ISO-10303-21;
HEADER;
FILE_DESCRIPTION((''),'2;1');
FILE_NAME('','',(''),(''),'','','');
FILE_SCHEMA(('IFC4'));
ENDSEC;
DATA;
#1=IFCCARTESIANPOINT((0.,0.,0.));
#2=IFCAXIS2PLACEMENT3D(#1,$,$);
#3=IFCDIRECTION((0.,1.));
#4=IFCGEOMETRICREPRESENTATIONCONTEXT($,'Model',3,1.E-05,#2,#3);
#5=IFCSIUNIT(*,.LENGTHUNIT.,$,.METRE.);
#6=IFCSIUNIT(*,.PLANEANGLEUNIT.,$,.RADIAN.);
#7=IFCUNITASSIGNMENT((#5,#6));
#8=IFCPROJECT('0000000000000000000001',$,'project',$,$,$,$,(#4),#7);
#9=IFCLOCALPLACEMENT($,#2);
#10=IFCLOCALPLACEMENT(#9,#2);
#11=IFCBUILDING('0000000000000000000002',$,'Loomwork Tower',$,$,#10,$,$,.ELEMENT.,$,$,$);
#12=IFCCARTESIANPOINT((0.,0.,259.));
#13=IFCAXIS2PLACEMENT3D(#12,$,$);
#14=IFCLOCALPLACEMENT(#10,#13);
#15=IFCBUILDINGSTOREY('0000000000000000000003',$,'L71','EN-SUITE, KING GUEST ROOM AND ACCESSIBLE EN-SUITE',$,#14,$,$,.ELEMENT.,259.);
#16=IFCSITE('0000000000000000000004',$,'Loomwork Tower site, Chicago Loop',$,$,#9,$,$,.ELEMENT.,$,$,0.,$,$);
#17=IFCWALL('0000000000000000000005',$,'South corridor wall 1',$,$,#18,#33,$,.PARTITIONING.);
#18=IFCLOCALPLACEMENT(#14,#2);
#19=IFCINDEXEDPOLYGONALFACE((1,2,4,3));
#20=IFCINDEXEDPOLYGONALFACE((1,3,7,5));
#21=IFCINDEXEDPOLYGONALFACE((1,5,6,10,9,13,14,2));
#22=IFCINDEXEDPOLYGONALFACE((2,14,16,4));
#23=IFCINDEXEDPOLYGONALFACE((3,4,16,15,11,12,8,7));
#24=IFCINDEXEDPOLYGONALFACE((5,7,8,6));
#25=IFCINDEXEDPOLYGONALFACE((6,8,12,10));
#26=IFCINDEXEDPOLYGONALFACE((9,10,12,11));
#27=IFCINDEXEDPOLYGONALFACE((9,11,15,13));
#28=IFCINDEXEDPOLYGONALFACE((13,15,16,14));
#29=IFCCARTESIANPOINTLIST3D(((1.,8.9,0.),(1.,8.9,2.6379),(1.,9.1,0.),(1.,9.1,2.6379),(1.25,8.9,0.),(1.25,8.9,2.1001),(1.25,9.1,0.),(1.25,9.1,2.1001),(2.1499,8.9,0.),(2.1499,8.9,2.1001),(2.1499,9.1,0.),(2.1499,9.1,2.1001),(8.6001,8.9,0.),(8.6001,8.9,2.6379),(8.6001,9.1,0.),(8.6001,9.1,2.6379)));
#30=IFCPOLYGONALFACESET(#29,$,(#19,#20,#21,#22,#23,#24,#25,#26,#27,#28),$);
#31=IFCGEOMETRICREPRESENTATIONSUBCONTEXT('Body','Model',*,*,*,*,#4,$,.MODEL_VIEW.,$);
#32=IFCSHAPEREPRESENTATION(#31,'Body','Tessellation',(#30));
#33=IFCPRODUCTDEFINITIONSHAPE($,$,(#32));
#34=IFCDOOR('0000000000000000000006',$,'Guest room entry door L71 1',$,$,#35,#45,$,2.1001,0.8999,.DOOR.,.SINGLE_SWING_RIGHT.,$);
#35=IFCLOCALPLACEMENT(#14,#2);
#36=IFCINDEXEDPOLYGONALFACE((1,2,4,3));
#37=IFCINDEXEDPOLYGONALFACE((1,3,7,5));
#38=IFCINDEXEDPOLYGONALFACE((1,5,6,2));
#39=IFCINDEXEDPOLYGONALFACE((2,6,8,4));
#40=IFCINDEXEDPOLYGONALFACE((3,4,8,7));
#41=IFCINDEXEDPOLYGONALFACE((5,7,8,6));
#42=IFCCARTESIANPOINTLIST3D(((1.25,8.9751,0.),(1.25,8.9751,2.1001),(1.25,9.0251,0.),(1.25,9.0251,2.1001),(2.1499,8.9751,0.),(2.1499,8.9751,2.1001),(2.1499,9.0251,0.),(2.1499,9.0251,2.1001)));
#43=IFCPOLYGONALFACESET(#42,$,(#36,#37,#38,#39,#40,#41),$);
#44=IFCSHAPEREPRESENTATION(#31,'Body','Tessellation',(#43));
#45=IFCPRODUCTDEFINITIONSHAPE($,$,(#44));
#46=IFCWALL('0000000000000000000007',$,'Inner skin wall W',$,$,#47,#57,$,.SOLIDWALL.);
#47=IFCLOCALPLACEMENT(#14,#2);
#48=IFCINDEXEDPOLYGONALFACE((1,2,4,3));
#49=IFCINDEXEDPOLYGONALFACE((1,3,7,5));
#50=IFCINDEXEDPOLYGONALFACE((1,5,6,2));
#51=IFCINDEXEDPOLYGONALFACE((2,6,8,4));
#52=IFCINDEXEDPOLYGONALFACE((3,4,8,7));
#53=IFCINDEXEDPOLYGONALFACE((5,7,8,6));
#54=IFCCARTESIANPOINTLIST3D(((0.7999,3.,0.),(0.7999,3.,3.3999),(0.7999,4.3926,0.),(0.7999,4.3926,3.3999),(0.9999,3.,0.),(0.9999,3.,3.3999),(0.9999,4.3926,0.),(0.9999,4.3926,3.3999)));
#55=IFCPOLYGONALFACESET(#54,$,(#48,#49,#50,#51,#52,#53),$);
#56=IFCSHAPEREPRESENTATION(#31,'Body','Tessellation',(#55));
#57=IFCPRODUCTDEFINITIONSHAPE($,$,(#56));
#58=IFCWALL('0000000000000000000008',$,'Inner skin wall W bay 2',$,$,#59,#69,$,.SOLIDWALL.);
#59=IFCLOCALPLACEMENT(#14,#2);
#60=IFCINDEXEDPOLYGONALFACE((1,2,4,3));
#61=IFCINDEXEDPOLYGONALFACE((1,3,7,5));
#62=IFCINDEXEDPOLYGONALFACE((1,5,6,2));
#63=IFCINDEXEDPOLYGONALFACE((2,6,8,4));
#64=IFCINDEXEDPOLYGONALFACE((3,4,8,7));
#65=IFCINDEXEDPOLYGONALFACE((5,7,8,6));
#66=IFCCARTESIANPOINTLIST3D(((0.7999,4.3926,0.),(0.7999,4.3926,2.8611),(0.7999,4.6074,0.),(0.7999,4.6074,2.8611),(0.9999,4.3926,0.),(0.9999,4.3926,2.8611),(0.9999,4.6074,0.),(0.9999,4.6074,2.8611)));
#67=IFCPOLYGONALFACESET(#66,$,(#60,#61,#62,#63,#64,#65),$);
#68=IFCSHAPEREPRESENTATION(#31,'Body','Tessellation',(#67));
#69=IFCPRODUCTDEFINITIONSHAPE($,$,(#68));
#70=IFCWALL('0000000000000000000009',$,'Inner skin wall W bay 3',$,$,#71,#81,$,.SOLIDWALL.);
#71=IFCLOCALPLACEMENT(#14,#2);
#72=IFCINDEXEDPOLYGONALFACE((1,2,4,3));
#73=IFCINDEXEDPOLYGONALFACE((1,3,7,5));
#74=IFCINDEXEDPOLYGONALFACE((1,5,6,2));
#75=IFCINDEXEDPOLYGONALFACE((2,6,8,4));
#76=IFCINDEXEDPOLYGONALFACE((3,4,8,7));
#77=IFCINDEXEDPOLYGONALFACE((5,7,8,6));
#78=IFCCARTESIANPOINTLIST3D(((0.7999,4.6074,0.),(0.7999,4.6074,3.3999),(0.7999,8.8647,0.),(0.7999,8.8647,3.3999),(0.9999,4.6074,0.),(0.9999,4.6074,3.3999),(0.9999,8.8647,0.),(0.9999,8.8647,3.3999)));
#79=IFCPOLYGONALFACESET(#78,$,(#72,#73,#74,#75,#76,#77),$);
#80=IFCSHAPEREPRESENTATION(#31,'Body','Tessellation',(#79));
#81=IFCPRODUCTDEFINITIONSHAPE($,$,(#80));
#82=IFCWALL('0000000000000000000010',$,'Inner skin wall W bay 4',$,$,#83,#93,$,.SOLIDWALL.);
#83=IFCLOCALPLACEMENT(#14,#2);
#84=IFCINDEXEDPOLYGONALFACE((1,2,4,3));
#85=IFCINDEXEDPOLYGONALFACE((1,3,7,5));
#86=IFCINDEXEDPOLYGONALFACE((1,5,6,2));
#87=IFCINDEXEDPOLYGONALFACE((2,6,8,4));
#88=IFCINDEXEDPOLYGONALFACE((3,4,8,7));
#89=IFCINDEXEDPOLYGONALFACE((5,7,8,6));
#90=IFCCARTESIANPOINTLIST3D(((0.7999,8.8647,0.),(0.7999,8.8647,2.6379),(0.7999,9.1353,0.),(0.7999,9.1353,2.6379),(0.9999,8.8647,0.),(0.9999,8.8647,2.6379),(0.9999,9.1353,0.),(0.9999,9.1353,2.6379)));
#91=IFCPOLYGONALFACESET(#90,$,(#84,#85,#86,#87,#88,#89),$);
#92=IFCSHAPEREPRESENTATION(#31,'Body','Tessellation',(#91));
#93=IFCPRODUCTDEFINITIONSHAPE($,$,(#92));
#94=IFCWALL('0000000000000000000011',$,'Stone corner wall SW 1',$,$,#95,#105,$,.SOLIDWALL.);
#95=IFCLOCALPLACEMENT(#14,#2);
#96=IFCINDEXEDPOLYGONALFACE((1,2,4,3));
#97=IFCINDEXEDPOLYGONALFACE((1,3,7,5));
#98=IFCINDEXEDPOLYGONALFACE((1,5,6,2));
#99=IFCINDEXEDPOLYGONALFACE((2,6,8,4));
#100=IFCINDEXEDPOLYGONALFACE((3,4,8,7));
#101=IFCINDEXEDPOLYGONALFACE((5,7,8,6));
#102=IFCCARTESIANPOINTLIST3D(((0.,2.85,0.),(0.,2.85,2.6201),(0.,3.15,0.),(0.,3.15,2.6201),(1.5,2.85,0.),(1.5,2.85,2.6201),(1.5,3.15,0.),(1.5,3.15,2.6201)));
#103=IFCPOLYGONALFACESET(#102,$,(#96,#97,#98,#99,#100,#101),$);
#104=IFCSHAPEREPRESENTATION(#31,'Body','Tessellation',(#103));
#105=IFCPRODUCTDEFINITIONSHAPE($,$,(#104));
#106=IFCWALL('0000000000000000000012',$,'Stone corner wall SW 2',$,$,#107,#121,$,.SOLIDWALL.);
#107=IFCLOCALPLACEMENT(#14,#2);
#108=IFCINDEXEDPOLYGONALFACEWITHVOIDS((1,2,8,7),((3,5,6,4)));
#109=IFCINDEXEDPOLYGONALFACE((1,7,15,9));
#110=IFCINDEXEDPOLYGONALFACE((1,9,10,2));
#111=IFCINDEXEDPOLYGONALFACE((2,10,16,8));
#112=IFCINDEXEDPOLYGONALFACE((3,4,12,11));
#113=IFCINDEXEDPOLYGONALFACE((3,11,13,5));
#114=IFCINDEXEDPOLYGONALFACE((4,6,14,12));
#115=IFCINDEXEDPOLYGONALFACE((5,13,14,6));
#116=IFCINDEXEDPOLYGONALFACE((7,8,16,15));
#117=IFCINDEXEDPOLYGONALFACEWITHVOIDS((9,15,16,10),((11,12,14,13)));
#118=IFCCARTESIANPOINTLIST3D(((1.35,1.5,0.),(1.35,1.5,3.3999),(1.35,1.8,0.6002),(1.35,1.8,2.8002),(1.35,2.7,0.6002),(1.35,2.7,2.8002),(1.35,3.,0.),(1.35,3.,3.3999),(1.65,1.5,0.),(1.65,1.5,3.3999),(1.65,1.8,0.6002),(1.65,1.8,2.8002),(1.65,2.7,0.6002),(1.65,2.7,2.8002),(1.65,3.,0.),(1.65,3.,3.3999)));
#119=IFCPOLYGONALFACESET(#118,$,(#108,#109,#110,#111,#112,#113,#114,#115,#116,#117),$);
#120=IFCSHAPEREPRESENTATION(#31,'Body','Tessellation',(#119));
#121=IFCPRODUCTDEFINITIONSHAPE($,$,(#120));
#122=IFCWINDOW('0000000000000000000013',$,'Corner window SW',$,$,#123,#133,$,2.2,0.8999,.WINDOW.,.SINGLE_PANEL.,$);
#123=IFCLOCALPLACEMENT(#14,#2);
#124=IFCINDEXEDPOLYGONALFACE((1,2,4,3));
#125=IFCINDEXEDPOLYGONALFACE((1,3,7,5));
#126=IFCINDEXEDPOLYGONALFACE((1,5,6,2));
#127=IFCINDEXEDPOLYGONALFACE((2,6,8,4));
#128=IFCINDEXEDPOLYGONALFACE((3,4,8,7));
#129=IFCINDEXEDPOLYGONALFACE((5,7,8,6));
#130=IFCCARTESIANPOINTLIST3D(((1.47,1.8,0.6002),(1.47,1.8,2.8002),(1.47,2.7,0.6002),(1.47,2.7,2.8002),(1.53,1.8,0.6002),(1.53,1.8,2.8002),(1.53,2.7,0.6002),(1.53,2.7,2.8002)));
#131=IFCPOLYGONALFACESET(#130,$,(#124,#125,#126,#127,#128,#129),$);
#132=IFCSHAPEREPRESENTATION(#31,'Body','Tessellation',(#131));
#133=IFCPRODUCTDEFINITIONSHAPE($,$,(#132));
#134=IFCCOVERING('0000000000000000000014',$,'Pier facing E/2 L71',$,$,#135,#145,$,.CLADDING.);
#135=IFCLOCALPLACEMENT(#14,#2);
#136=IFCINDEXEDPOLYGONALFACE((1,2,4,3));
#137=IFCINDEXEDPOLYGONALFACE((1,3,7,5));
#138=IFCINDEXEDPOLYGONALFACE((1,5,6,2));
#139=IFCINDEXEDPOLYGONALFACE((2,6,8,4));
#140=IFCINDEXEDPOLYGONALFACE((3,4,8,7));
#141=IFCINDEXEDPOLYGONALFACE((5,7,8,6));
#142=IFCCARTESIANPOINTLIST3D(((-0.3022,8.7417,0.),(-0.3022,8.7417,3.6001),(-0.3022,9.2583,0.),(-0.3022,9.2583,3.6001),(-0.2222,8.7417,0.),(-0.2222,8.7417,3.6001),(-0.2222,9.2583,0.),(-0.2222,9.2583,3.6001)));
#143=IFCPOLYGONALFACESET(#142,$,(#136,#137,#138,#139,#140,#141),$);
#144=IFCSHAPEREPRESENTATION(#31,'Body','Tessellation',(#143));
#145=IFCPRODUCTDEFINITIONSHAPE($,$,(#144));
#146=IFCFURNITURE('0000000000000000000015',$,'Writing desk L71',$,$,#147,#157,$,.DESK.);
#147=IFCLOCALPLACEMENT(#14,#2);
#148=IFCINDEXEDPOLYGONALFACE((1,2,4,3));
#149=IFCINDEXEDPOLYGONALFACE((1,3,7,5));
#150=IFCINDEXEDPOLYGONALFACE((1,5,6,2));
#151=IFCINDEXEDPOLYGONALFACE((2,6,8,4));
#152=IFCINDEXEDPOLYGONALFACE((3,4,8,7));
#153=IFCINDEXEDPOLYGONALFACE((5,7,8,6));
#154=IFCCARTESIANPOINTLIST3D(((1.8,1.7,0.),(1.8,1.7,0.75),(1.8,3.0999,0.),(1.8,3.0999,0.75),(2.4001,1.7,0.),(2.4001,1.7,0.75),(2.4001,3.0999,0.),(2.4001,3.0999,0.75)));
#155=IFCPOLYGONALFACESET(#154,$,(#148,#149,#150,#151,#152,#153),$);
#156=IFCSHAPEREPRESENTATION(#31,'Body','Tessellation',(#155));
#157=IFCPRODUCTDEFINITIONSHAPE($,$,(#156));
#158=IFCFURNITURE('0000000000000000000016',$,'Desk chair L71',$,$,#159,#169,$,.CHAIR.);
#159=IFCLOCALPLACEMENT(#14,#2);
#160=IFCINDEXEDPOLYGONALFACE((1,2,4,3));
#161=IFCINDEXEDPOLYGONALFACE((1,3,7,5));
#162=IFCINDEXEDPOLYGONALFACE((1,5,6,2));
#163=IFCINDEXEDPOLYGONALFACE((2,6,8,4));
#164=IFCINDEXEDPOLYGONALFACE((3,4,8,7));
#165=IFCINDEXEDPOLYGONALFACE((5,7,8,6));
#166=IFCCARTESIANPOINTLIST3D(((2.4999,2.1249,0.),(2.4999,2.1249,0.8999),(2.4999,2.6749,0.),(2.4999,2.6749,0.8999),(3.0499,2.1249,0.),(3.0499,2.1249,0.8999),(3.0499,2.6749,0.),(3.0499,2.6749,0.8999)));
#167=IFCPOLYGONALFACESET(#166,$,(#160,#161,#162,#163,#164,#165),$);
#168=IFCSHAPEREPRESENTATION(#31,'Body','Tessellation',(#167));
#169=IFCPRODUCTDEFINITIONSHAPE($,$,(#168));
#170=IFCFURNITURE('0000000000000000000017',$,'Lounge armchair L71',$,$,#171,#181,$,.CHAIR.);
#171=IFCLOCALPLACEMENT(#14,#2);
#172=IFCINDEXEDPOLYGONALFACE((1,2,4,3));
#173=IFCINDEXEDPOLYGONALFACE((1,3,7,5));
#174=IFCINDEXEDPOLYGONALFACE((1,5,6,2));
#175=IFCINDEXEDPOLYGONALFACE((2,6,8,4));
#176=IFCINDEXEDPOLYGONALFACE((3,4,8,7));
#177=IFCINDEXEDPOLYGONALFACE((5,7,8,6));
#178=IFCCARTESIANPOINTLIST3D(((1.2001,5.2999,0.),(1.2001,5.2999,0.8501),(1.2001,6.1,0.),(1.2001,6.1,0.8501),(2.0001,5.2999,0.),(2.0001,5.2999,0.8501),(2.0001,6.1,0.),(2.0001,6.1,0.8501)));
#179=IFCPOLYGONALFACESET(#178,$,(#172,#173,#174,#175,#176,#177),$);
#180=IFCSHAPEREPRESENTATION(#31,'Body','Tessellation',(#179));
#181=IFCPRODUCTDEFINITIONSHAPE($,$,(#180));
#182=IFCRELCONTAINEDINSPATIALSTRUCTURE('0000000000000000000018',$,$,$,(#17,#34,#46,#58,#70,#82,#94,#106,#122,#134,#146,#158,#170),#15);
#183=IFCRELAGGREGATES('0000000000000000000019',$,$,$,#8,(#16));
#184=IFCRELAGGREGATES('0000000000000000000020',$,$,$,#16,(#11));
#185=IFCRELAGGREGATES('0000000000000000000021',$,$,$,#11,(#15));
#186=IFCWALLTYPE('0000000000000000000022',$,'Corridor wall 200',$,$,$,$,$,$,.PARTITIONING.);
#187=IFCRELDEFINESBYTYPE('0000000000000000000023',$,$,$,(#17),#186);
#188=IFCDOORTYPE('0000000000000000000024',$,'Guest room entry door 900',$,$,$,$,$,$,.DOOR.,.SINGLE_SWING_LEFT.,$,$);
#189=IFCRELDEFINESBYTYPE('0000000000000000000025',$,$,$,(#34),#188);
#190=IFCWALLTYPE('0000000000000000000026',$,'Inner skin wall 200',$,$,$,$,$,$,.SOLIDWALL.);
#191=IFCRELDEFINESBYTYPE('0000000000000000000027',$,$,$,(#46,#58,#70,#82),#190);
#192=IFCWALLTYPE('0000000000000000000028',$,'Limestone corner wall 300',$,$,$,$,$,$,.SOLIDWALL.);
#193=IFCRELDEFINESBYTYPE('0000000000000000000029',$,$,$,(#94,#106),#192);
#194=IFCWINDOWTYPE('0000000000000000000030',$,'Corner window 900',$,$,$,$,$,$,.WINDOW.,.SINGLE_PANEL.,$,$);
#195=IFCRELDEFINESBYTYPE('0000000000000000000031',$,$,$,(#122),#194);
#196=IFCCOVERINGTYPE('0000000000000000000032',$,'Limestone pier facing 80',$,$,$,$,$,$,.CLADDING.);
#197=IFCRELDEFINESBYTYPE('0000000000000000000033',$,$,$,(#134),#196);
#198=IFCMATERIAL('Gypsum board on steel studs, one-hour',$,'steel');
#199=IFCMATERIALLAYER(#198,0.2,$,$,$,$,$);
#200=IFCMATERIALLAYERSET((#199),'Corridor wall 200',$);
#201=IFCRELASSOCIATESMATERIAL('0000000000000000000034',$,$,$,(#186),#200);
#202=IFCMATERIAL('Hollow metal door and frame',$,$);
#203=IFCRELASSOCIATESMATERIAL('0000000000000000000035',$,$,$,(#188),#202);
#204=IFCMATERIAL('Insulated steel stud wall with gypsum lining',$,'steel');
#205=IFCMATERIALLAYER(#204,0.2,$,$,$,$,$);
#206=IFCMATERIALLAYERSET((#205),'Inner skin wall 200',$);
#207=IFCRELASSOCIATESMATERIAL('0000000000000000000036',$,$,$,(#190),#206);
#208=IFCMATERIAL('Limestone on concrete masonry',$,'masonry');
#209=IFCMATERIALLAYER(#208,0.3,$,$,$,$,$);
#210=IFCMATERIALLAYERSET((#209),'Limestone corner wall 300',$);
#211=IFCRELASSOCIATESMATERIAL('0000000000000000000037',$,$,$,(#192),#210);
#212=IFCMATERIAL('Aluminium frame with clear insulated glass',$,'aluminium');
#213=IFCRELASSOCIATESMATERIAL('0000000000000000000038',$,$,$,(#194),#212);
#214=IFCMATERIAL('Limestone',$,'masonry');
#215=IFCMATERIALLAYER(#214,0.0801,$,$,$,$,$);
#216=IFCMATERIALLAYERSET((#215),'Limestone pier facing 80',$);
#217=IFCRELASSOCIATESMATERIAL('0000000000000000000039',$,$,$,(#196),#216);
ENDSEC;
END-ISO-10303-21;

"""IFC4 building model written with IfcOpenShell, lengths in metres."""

from ifc_helpers import new_model, si_unit, direction, frame, frame_2d, origin, origin_2d, place, context, subcontext, project, spatial, rectangle, extrude, material, layer, layer_set, type_object, element, fill, save


model = new_model("IFC4")

# Units and contexts
model_context = context("Model", 3, precision=1e-05, world=origin(), true_north=direction((0.0, 1.0)))
body_context = subcontext(model_context, "Body", "Model", "MODEL_VIEW")
ifc_project = project(units=[si_unit("LENGTHUNIT", "METRE"), si_unit("PLANEANGLEUNIT", "RADIAN")], contexts=[model_context])

# Site, building, storey
site_placement = place(None, origin())
site = spatial("IfcSite", under=ifc_project, at=site_placement, Name="Loomwork Tower site, Chicago Loop", CompositionType="ELEMENT", RefElevation=0.0)
building_placement = place(site_placement, origin())
building = spatial("IfcBuilding", under=site, at=building_placement, Name="Loomwork Tower", CompositionType="ELEMENT")
storey_placement = place(building_placement, frame((0.0, 0.0, 259.0)))
storey = spatial("IfcBuildingStorey", under=building, at=storey_placement, Name="L71", Description="EN-SUITE, KING GUEST ROOM AND ACCESSIBLE EN-SUITE", CompositionType="ELEMENT", Elevation=259.0)

# Wall, opening, door
ifc_material_1 = material(Name="Gypsum board on steel studs, one-hour", Category="steel")
ifc_layer_1 = layer(ifc_material_1, 0.2)
ifc_layer_set_1 = layer_set([ifc_layer_1], Name="Corridor wall 200")
wall_type_1 = type_object("IfcWallType", Name="Corridor wall 200", PredefinedType="PARTITIONING", material=ifc_layer_set_1)
wall_1_placement = place(storey_placement, frame((1.0, 9.0, 0.0), z_axis=(0.0, 0.0, 1.0), x_axis=(1.0, 0.0, 0.0)))
wall_1 = element("IfcWall", 1, at=wall_1_placement, inside=storey, type_object=wall_type_1, Name="South corridor wall 1", PredefinedType="PARTITIONING", context=body_context, shape_type="SweptSolid", body=[
    extrude(rectangle(XDim=7.6001, YDim=0.2, at=frame_2d((3.8, 0.0))), origin(), (0.0, 0.0, 1.0), 2.6379),
])
opening_1_placement = place(wall_1_placement, frame((0.25, 0.0, 0.0)))
opening_1 = element("IfcOpeningElement", 2, at=opening_1_placement, cuts=wall_1, PredefinedType="OPENING", context=body_context, shape_type="SweptSolid", body=[
    extrude(rectangle(XDim=0.8999, YDim=2.1001, at=frame_2d((0.45, 1.05))), frame((0.0, 0.1099, 0.0), z_axis=(0.0, -1.0, 0.0), x_axis=(1.0, 0.0, 0.0)), (0.0, 0.0, 1.0), 0.22),
])
ifc_material_2 = material(Name="Hollow metal door and frame")
door_type = type_object("IfcDoorType", Name="Guest room entry door 900", OperationType="SINGLE_SWING_LEFT", PredefinedType="DOOR", material=ifc_material_2)
door_placement = place(opening_1_placement, frame((0.8999, 0.0, 0.0), z_axis=(0.0, 0.0, 1.0), x_axis=(-1.0, 0.0, 0.0)))
door = element("IfcDoor", 3, at=door_placement, inside=storey, type_object=door_type, Name="Guest room entry door L71 1", OperationType="SINGLE_SWING_RIGHT", OverallHeight=2.1001, OverallWidth=0.8999, PredefinedType="DOOR", context=body_context, shape_type="SweptSolid", body=[
    extrude(rectangle(XDim=0.8999, YDim=2.1001, at=frame_2d((0.45, 1.05))), frame((0.0, 0.0249, 0.0), z_axis=(0.0, -1.0, 0.0), x_axis=(1.0, 0.0, 0.0)), (0.0, 0.0, 1.0), 0.05),
])
fill(opening_1, door)

# Walls
ifc_material_3 = material(Name="Insulated steel stud wall with gypsum lining", Category="steel")
ifc_layer_2 = layer(ifc_material_3, 0.2)
ifc_layer_set_2 = layer_set([ifc_layer_2], Name="Inner skin wall 200")
wall_type_2 = type_object("IfcWallType", Name="Inner skin wall 200", PredefinedType="SOLIDWALL", material=ifc_layer_set_2)
wall_2_placement = place(storey_placement, frame((0.8999, 3.0, 0.0), z_axis=(0.0, 0.0, 1.0), x_axis=(0.0, 1.0, 0.0)))
element("IfcWall", 4, at=wall_2_placement, inside=storey, type_object=wall_type_2, Name="Inner skin wall W", PredefinedType="SOLIDWALL", context=body_context, shape_type="SweptSolid", body=[
    extrude(rectangle(XDim=1.3926, YDim=0.2, at=frame_2d((0.6963, 0.0))), origin(), (0.0, 0.0, 1.0), 3.3999),
])
wall_3_placement = place(storey_placement, frame((0.8999, 4.3926, 0.0), z_axis=(0.0, 0.0, 1.0), x_axis=(0.0, 1.0, 0.0)))
element("IfcWall", 5, at=wall_3_placement, inside=storey, type_object=wall_type_2, Name="Inner skin wall W bay 2", PredefinedType="SOLIDWALL", context=body_context, shape_type="SweptSolid", body=[
    extrude(rectangle(XDim=0.2148, YDim=0.2, at=frame_2d((0.1074, 0.0))), origin(), (0.0, 0.0, 1.0), 2.8611),
])
wall_4_placement = place(storey_placement, frame((0.8999, 4.6074, 0.0), z_axis=(0.0, 0.0, 1.0), x_axis=(0.0, 1.0, 0.0)))
element("IfcWall", 6, at=wall_4_placement, inside=storey, type_object=wall_type_2, Name="Inner skin wall W bay 3", PredefinedType="SOLIDWALL", context=body_context, shape_type="SweptSolid", body=[
    extrude(rectangle(XDim=4.2573, YDim=0.2, at=frame_2d((2.1287, 0.0))), origin(), (0.0, 0.0, 1.0), 3.3999),
])
wall_5_placement = place(storey_placement, frame((0.8999, 8.8647, 0.0), z_axis=(0.0, 0.0, 1.0), x_axis=(0.0, 1.0, 0.0)))
element("IfcWall", 7, at=wall_5_placement, inside=storey, type_object=wall_type_2, Name="Inner skin wall W bay 4", PredefinedType="SOLIDWALL", context=body_context, shape_type="SweptSolid", body=[
    extrude(rectangle(XDim=0.2705, YDim=0.2, at=frame_2d((0.1353, 0.0))), origin(), (0.0, 0.0, 1.0), 2.6379),
])
ifc_material_4 = material(Name="Limestone on concrete masonry", Category="masonry")
ifc_layer_3 = layer(ifc_material_4, 0.3)
ifc_layer_set_3 = layer_set([ifc_layer_3], Name="Limestone corner wall 300")
wall_type_3 = type_object("IfcWallType", Name="Limestone corner wall 300", PredefinedType="SOLIDWALL", material=ifc_layer_set_3)
wall_6_placement = place(storey_placement, frame((0.0, 3.0, 0.0), z_axis=(0.0, 0.0, 1.0), x_axis=(1.0, 0.0, 0.0)))
element("IfcWall", 8, at=wall_6_placement, inside=storey, type_object=wall_type_3, Name="Stone corner wall SW 1", PredefinedType="SOLIDWALL", context=body_context, shape_type="SweptSolid", body=[
    extrude(rectangle(XDim=1.5, YDim=0.3, at=frame_2d((0.75, 0.0))), origin(), (0.0, 0.0, 1.0), 2.6201),
])

# Wall, opening, window
wall_7_placement = place(storey_placement, frame((1.5, 3.0, 0.0), z_axis=(0.0, 0.0, 1.0), x_axis=(0.0, -1.0, 0.0)))
wall_7 = element("IfcWall", 9, at=wall_7_placement, inside=storey, type_object=wall_type_3, Name="Stone corner wall SW 2", PredefinedType="SOLIDWALL", context=body_context, shape_type="SweptSolid", body=[
    extrude(rectangle(XDim=1.5, YDim=0.3, at=frame_2d((0.75, 0.0))), origin(), (0.0, 0.0, 1.0), 3.3999),
])
opening_2_placement = place(wall_7_placement, frame((0.3, 0.0, 0.6001)))
opening_2 = element("IfcOpeningElement", 10, at=opening_2_placement, cuts=wall_7, PredefinedType="OPENING", context=body_context, shape_type="SweptSolid", body=[
    extrude(rectangle(XDim=0.8999, YDim=2.2, at=frame_2d((0.45, 1.1001))), frame((0.0, 0.1599, 0.0), z_axis=(0.0, -1.0, 0.0), x_axis=(1.0, 0.0, 0.0)), (0.0, 0.0, 1.0), 0.3201),
])
ifc_material_5 = material(Name="Aluminium frame with clear insulated glass", Category="aluminium")
window_type = type_object("IfcWindowType", Name="Corner window 900", PartitioningType="SINGLE_PANEL", PredefinedType="WINDOW", material=ifc_material_5)
window_placement = place(opening_2_placement, origin())
window = element("IfcWindow", 11, at=window_placement, inside=storey, type_object=window_type, Name="Corner window SW", OverallHeight=2.2, OverallWidth=0.8999, PartitioningType="SINGLE_PANEL", PredefinedType="WINDOW", context=body_context, shape_type="SweptSolid", body=[
    extrude(rectangle(XDim=0.8999, YDim=2.2, at=frame_2d((0.45, 1.1001))), frame((0.0, 0.03, 0.0), z_axis=(0.0, -1.0, 0.0), x_axis=(1.0, 0.0, 0.0)), (0.0, 0.0, 1.0), 0.0601),
])
fill(opening_2, window)

# Covering
ifc_material_6 = material(Name="Limestone", Category="masonry")
ifc_layer_4 = layer(ifc_material_6, 0.0801)
ifc_layer_set_4 = layer_set([ifc_layer_4], Name="Limestone pier facing 80")
covering_type = type_object("IfcCoveringType", Name="Limestone pier facing 80", PredefinedType="CLADDING", material=ifc_layer_set_4)
covering_placement = place(storey_placement, frame((-0.2622, 9.0, 0.0), z_axis=(0.0, 0.0, 1.0), x_axis=(1.0, 0.0, 0.0)))
element("IfcCovering", 12, at=covering_placement, inside=storey, type_object=covering_type, Name="Pier facing E/2 L71", PredefinedType="CLADDING", context=body_context, shape_type="SweptSolid", body=[
    extrude(rectangle(XDim=0.0801, YDim=0.5166, at=origin_2d()), origin(), (0.0, 0.0, 1.0), 3.6001),
])

# Furniture
furniture_1_placement = place(storey_placement, frame((2.1001, 2.3999, 0.0), z_axis=(0.0, 0.0, 1.0), x_axis=(1.0, 0.0, 0.0)))
element("IfcFurniture", 13, at=furniture_1_placement, inside=storey, Name="Writing desk L71", PredefinedType="DESK", context=body_context, shape_type="SweptSolid", body=[
    extrude(rectangle(XDim=0.6001, YDim=1.3999, at=origin_2d()), origin(), (0.0, 0.0, 1.0), 0.75),
])
furniture_2_placement = place(storey_placement, frame((2.7749, 2.3999, 0.0), z_axis=(0.0, 0.0, 1.0), x_axis=(1.0, 0.0, 0.0)))
element("IfcFurniture", 14, at=furniture_2_placement, inside=storey, Name="Desk chair L71", PredefinedType="CHAIR", context=body_context, shape_type="SweptSolid", body=[
    extrude(rectangle(XDim=0.55, YDim=0.55, at=origin_2d()), origin(), (0.0, 0.0, 1.0), 0.8999),
])
furniture_3_placement = place(storey_placement, frame((1.6001, 5.7, 0.0), z_axis=(0.0, 0.0, 1.0), x_axis=(1.0, 0.0, 0.0)))
element("IfcFurniture", 15, at=furniture_3_placement, inside=storey, Name="Lounge armchair L71", PredefinedType="CHAIR", context=body_context, shape_type="SweptSolid", body=[
    extrude(rectangle(XDim=0.8, YDim=0.8, at=origin_2d()), origin(), (0.0, 0.0, 1.0), 0.8501),
])

save(model, "model.ifc")
